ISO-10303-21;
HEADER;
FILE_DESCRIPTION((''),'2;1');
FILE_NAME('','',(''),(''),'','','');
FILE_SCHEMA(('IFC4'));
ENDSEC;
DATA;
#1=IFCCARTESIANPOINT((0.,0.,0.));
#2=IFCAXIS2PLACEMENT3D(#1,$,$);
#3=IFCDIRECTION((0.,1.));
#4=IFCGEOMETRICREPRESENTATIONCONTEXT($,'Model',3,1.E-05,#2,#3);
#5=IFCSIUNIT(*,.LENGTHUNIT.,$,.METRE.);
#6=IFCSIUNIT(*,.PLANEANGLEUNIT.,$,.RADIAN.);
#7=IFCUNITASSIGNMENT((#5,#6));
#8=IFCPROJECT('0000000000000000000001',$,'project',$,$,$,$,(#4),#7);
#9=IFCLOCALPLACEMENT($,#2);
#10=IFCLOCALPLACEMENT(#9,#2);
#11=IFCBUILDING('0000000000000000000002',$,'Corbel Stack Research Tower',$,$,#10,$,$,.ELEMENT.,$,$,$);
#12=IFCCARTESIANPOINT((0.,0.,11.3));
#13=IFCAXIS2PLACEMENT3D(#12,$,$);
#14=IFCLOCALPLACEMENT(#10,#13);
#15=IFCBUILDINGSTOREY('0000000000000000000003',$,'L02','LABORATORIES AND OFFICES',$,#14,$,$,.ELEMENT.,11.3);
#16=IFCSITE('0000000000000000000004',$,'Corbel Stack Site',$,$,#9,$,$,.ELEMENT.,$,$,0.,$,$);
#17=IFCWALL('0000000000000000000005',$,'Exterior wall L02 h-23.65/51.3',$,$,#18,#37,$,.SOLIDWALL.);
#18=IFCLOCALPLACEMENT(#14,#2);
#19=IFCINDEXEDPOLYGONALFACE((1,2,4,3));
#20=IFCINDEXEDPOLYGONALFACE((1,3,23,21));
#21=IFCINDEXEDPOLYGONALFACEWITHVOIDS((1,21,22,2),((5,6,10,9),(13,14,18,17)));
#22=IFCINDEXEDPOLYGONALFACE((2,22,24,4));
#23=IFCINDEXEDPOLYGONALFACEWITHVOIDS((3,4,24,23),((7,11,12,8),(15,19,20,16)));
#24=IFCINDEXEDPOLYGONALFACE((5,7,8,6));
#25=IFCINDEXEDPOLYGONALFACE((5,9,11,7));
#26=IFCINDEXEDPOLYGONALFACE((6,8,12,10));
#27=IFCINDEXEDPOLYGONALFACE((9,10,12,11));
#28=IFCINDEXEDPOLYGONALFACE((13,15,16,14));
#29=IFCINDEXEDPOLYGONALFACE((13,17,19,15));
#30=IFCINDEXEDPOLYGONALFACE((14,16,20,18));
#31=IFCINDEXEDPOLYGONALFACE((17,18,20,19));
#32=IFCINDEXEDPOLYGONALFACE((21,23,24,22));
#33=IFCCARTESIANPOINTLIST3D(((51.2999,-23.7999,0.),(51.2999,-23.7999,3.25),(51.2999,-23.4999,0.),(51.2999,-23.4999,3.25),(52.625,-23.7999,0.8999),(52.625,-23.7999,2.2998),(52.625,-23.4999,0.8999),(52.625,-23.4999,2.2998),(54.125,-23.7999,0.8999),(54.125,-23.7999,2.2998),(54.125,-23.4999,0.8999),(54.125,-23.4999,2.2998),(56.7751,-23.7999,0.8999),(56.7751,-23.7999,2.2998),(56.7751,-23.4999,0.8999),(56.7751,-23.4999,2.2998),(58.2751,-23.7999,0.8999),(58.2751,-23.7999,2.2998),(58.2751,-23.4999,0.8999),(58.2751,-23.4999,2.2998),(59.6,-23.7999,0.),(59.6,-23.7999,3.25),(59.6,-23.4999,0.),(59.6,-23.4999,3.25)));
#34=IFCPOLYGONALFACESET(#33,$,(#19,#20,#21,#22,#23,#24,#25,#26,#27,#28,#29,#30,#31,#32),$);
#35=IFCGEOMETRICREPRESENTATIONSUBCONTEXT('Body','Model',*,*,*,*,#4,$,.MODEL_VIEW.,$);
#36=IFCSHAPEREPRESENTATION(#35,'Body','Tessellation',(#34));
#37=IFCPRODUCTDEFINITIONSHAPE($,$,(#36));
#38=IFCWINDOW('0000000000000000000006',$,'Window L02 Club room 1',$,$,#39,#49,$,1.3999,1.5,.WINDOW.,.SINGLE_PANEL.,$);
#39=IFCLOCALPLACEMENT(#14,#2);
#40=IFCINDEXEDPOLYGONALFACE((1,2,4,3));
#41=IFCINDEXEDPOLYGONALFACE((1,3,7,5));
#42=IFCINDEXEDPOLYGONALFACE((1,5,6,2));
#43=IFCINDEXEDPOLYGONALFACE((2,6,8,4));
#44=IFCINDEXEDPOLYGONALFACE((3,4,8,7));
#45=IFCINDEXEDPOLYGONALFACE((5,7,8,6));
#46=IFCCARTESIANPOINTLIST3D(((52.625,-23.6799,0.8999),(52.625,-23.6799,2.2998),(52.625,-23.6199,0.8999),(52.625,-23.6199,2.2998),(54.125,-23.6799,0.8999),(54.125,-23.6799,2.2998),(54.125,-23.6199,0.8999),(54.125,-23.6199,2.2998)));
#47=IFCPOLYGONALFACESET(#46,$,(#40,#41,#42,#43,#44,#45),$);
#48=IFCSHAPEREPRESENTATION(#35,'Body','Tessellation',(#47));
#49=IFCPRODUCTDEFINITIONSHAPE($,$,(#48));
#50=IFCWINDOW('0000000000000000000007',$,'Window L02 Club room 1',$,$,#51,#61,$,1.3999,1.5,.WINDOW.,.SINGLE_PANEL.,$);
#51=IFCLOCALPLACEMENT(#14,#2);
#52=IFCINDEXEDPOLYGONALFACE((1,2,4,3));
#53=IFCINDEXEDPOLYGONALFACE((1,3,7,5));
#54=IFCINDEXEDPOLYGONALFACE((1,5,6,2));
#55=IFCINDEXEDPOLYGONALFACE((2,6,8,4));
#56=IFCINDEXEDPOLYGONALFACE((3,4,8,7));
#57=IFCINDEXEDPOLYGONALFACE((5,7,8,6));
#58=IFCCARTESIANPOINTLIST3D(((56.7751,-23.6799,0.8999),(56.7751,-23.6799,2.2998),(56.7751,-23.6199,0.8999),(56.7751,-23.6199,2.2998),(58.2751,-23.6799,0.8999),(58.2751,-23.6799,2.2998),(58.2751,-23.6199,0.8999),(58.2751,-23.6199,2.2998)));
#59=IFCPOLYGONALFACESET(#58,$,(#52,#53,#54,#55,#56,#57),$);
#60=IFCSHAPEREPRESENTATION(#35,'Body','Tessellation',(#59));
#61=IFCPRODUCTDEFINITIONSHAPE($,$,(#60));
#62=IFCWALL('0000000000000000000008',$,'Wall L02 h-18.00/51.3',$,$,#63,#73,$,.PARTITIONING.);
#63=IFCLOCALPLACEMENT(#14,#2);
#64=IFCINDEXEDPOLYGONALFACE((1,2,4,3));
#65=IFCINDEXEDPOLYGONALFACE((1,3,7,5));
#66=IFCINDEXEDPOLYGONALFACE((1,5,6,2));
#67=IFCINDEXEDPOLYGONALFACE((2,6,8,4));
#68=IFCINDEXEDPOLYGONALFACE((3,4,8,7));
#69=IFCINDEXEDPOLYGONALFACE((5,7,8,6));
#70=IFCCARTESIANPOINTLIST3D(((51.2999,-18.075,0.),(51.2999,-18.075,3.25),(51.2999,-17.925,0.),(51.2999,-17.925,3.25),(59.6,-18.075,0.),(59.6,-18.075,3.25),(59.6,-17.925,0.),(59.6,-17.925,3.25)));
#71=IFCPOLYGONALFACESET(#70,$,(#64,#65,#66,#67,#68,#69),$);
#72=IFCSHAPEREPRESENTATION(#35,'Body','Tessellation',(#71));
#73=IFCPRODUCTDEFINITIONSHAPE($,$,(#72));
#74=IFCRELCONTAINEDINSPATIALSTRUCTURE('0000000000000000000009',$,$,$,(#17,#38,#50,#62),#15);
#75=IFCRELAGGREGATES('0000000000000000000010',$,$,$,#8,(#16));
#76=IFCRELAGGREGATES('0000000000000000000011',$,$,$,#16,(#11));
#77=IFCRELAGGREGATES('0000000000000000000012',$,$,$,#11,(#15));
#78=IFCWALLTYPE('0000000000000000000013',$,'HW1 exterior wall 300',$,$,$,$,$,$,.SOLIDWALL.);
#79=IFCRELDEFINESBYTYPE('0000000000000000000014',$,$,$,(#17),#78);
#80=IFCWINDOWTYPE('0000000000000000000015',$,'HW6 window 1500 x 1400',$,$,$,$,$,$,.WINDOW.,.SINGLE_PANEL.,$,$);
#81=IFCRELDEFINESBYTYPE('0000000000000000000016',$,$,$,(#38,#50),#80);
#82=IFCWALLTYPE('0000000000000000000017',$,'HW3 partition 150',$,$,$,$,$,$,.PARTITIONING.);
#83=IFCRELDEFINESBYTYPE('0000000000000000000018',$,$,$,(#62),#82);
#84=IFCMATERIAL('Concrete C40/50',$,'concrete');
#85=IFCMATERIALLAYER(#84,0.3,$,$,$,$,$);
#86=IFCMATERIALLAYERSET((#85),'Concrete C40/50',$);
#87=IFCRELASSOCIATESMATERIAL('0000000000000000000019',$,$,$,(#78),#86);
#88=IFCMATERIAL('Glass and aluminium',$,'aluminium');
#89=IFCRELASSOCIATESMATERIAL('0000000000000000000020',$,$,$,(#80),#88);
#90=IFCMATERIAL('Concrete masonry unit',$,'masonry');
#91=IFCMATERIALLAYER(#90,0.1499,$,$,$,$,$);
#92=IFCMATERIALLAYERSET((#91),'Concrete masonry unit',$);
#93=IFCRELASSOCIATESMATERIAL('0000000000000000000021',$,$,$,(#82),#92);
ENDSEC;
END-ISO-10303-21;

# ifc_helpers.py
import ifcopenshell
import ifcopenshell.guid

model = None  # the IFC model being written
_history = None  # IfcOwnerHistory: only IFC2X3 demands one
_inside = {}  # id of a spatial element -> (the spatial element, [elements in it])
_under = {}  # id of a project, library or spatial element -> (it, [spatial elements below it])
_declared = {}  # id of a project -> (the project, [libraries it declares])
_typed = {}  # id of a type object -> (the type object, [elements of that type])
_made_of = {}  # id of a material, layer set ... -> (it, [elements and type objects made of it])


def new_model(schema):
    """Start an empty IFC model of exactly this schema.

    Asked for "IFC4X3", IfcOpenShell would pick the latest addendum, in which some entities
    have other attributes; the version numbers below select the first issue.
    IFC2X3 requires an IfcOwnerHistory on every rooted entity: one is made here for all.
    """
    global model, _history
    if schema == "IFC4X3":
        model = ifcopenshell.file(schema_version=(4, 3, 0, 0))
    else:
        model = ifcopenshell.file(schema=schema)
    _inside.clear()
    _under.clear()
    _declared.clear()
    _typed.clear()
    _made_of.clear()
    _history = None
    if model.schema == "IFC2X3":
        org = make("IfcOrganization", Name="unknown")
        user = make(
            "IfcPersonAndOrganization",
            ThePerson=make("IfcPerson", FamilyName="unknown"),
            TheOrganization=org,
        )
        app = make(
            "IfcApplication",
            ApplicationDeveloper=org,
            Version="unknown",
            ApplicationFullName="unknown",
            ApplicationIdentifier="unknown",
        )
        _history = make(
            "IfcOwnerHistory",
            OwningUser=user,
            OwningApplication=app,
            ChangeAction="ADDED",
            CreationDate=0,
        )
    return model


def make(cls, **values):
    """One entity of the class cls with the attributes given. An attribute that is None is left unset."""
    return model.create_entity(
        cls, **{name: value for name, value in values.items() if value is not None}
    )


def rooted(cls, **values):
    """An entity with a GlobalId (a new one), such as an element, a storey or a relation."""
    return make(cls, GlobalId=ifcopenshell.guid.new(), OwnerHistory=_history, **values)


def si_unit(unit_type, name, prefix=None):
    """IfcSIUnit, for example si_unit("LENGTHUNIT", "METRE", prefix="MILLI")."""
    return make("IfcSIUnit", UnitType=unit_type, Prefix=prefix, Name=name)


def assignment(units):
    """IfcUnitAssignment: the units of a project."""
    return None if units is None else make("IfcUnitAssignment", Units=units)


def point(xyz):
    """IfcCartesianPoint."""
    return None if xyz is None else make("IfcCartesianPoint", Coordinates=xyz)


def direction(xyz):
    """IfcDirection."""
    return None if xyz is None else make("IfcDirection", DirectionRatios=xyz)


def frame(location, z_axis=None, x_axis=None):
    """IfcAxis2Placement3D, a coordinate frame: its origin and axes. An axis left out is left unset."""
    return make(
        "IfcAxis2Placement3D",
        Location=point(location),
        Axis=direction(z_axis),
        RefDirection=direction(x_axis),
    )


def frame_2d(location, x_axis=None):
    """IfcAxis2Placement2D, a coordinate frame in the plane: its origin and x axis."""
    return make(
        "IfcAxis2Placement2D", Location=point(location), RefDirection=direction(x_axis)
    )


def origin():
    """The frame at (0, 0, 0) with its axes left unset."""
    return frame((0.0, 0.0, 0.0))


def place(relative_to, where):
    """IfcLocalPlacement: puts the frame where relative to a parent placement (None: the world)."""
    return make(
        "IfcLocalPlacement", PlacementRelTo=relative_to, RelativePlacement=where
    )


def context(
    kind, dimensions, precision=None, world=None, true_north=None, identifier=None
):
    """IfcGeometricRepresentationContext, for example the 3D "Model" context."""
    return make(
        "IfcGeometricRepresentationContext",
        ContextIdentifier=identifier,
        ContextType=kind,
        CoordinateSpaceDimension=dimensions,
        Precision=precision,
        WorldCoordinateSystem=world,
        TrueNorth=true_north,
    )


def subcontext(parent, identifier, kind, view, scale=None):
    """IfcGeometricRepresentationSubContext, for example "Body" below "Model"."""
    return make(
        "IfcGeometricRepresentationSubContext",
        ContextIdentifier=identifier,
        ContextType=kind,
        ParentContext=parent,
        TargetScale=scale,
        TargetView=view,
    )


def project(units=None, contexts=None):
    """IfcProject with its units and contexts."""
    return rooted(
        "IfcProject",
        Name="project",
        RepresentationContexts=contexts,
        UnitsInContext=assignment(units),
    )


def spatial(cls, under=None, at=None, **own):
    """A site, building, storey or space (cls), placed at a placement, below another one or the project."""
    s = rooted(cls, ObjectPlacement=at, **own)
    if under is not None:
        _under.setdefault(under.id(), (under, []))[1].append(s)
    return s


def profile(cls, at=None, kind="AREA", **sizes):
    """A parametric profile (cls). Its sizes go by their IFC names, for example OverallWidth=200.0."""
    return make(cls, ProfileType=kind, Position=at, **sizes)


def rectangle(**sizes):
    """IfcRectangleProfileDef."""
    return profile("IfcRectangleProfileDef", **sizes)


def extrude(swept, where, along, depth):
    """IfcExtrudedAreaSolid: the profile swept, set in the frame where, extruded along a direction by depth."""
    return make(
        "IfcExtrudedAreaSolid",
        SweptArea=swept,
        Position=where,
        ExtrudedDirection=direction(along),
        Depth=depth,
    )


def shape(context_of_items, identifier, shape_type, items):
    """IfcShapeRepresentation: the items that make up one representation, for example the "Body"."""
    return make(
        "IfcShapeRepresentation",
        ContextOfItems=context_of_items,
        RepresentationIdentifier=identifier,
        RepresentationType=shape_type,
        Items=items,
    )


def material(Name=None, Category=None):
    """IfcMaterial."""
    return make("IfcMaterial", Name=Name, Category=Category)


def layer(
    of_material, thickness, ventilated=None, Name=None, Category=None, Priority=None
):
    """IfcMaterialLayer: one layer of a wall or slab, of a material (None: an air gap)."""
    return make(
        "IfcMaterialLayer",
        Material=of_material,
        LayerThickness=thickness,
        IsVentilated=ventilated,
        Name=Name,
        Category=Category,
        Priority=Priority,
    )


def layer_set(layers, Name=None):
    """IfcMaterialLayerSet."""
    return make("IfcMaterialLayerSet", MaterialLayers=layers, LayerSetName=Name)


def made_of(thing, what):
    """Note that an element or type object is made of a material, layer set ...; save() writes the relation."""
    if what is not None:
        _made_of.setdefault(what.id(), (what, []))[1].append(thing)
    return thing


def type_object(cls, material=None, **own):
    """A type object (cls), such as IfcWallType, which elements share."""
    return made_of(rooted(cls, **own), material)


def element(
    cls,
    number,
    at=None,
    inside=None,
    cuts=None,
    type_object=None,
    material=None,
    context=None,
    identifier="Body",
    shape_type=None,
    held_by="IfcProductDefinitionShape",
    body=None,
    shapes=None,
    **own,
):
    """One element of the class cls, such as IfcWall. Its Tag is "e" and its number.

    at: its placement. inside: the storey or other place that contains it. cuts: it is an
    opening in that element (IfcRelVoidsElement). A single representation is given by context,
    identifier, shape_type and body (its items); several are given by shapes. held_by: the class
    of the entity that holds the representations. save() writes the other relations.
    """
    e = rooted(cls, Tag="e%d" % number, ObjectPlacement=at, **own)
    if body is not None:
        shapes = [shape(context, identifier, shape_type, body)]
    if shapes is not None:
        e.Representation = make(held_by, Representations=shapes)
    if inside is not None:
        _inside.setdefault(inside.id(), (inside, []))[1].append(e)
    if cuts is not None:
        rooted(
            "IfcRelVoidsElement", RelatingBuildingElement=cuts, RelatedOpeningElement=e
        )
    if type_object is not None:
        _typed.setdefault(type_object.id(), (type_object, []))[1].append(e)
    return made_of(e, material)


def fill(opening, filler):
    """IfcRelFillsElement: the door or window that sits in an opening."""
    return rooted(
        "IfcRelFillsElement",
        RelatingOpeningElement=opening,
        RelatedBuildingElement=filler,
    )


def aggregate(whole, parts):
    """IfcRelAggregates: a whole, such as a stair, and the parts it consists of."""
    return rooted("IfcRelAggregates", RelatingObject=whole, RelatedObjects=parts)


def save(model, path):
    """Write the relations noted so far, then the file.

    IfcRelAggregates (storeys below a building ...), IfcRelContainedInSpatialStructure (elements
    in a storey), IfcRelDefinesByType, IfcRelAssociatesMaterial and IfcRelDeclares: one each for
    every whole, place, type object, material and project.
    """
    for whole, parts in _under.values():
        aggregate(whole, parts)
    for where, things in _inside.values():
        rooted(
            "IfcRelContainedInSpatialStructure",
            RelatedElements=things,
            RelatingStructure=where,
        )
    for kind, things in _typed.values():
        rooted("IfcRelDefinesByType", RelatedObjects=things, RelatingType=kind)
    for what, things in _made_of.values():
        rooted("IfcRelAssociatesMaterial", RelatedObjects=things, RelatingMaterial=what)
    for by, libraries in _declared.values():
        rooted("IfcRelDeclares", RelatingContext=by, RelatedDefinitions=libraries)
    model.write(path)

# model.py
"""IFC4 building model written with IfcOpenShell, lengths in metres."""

from ifc_helpers import new_model, si_unit, direction, frame, frame_2d, origin, place, context, subcontext, project, spatial, rectangle, extrude, material, layer, layer_set, type_object, element, fill, save


model = new_model("IFC4")

# Units and contexts
model_context = context("Model", 3, precision=1e-05, world=origin(), true_north=direction((0.0, 1.0)))
body_context = subcontext(model_context, "Body", "Model", "MODEL_VIEW")
ifc_project = project(units=[si_unit("LENGTHUNIT", "METRE"), si_unit("PLANEANGLEUNIT", "RADIAN")], contexts=[model_context])

# Site, building, storey
site_placement = place(None, origin())
site = spatial("IfcSite", under=ifc_project, at=site_placement, Name="Corbel Stack Site", CompositionType="ELEMENT", RefElevation=0.0)
building_placement = place(site_placement, origin())
building = spatial("IfcBuilding", under=site, at=building_placement, Name="Corbel Stack Research Tower", CompositionType="ELEMENT")
storey_placement = place(building_placement, frame((0.0, 0.0, 11.3)))
storey = spatial("IfcBuildingStorey", under=building, at=storey_placement, Name="L02", Description="LABORATORIES AND OFFICES", CompositionType="ELEMENT", Elevation=11.3)

# Wall, openings, windows
ifc_material_1 = material(Name="Concrete C40/50", Category="concrete")
ifc_layer_1 = layer(ifc_material_1, 0.3)
ifc_layer_set_1 = layer_set([ifc_layer_1], Name="Concrete C40/50")
wall_type_1 = type_object("IfcWallType", Name="HW1 exterior wall 300", PredefinedType="SOLIDWALL", material=ifc_layer_set_1)
wall_1_placement = place(storey_placement, frame((51.3, -23.6499, 0.0), z_axis=(0.0, 0.0, 1.0), x_axis=(1.0, 0.0, 0.0)))
wall_1 = element("IfcWall", 1, at=wall_1_placement, inside=storey, type_object=wall_type_1, Name="Exterior wall L02 h-23.65/51.3", PredefinedType="SOLIDWALL", context=body_context, shape_type="SweptSolid", body=[
    extrude(rectangle(XDim=8.3, YDim=0.3, at=frame_2d((4.1499, 0.0))), origin(), (0.0, 0.0, 1.0), 3.25),
])
opening_1_placement = place(wall_1_placement, frame((1.325, 0.0, 0.8999)))
opening_1 = element("IfcOpeningElement", 2, at=opening_1_placement, cuts=wall_1, PredefinedType="OPENING", context=body_context, shape_type="SweptSolid", body=[
    extrude(rectangle(XDim=1.5, YDim=1.3999, at=frame_2d((0.75, 0.7))), frame((0.0, 0.1599, 0.0), z_axis=(0.0, -1.0, 0.0), x_axis=(1.0, 0.0, 0.0)), (0.0, 0.0, 1.0), 0.3201),
])
opening_2_placement = place(wall_1_placement, frame((5.4751, 0.0, 0.8999)))
opening_2 = element("IfcOpeningElement", 3, at=opening_2_placement, cuts=wall_1, PredefinedType="OPENING", context=body_context, shape_type="SweptSolid", body=[
    extrude(rectangle(XDim=1.5, YDim=1.3999, at=frame_2d((0.75, 0.7))), frame((0.0, 0.1599, 0.0), z_axis=(0.0, -1.0, 0.0), x_axis=(1.0, 0.0, 0.0)), (0.0, 0.0, 1.0), 0.3201),
])
ifc_material_2 = material(Name="Glass and aluminium", Category="aluminium")
window_type = type_object("IfcWindowType", Name="HW6 window 1500 x 1400", PartitioningType="SINGLE_PANEL", PredefinedType="WINDOW", material=ifc_material_2)
window_1_placement = place(opening_1_placement, origin())
window_1 = element("IfcWindow", 4, at=window_1_placement, inside=storey, type_object=window_type, Name="Window L02 Club room 1", OverallHeight=1.3999, OverallWidth=1.5, PartitioningType="SINGLE_PANEL", PredefinedType="WINDOW", context=body_context, shape_type="SweptSolid", body=[
    extrude(rectangle(XDim=1.5, YDim=1.3999, at=frame_2d((0.75, 0.7))), frame((0.0, 0.03, 0.0), z_axis=(0.0, -1.0, 0.0), x_axis=(1.0, 0.0, 0.0)), (0.0, 0.0, 1.0), 0.0601),
])
fill(opening_1, window_1)
window_2_placement = place(opening_2_placement, origin())
window_2 = element("IfcWindow", 5, at=window_2_placement, inside=storey, type_object=window_type, Name="Window L02 Club room 1", OverallHeight=1.3999, OverallWidth=1.5, PartitioningType="SINGLE_PANEL", PredefinedType="WINDOW", context=body_context, shape_type="SweptSolid", body=[
    extrude(rectangle(XDim=1.5, YDim=1.3999, at=frame_2d((0.75, 0.7))), frame((0.0, 0.03, 0.0), z_axis=(0.0, -1.0, 0.0), x_axis=(1.0, 0.0, 0.0)), (0.0, 0.0, 1.0), 0.0601),
])
fill(opening_2, window_2)

# Wall
ifc_material_3 = material(Name="Concrete masonry unit", Category="masonry")
ifc_layer_2 = layer(ifc_material_3, 0.1499)
ifc_layer_set_2 = layer_set([ifc_layer_2], Name="Concrete masonry unit")
wall_type_2 = type_object("IfcWallType", Name="HW3 partition 150", PredefinedType="PARTITIONING", material=ifc_layer_set_2)
wall_2_placement = place(storey_placement, frame((51.3, -18.0, 0.0), z_axis=(0.0, 0.0, 1.0), x_axis=(1.0, 0.0, 0.0)))
element("IfcWall", 6, at=wall_2_placement, inside=storey, type_object=wall_type_2, Name="Wall L02 h-18.00/51.3", PredefinedType="PARTITIONING", context=body_context, shape_type="SweptSolid", body=[
    extrude(rectangle(XDim=8.3, YDim=0.1499, at=frame_2d((4.1499, 0.0))), origin(), (0.0, 0.0, 1.0), 3.25),
])

save(model, "model.ifc")
